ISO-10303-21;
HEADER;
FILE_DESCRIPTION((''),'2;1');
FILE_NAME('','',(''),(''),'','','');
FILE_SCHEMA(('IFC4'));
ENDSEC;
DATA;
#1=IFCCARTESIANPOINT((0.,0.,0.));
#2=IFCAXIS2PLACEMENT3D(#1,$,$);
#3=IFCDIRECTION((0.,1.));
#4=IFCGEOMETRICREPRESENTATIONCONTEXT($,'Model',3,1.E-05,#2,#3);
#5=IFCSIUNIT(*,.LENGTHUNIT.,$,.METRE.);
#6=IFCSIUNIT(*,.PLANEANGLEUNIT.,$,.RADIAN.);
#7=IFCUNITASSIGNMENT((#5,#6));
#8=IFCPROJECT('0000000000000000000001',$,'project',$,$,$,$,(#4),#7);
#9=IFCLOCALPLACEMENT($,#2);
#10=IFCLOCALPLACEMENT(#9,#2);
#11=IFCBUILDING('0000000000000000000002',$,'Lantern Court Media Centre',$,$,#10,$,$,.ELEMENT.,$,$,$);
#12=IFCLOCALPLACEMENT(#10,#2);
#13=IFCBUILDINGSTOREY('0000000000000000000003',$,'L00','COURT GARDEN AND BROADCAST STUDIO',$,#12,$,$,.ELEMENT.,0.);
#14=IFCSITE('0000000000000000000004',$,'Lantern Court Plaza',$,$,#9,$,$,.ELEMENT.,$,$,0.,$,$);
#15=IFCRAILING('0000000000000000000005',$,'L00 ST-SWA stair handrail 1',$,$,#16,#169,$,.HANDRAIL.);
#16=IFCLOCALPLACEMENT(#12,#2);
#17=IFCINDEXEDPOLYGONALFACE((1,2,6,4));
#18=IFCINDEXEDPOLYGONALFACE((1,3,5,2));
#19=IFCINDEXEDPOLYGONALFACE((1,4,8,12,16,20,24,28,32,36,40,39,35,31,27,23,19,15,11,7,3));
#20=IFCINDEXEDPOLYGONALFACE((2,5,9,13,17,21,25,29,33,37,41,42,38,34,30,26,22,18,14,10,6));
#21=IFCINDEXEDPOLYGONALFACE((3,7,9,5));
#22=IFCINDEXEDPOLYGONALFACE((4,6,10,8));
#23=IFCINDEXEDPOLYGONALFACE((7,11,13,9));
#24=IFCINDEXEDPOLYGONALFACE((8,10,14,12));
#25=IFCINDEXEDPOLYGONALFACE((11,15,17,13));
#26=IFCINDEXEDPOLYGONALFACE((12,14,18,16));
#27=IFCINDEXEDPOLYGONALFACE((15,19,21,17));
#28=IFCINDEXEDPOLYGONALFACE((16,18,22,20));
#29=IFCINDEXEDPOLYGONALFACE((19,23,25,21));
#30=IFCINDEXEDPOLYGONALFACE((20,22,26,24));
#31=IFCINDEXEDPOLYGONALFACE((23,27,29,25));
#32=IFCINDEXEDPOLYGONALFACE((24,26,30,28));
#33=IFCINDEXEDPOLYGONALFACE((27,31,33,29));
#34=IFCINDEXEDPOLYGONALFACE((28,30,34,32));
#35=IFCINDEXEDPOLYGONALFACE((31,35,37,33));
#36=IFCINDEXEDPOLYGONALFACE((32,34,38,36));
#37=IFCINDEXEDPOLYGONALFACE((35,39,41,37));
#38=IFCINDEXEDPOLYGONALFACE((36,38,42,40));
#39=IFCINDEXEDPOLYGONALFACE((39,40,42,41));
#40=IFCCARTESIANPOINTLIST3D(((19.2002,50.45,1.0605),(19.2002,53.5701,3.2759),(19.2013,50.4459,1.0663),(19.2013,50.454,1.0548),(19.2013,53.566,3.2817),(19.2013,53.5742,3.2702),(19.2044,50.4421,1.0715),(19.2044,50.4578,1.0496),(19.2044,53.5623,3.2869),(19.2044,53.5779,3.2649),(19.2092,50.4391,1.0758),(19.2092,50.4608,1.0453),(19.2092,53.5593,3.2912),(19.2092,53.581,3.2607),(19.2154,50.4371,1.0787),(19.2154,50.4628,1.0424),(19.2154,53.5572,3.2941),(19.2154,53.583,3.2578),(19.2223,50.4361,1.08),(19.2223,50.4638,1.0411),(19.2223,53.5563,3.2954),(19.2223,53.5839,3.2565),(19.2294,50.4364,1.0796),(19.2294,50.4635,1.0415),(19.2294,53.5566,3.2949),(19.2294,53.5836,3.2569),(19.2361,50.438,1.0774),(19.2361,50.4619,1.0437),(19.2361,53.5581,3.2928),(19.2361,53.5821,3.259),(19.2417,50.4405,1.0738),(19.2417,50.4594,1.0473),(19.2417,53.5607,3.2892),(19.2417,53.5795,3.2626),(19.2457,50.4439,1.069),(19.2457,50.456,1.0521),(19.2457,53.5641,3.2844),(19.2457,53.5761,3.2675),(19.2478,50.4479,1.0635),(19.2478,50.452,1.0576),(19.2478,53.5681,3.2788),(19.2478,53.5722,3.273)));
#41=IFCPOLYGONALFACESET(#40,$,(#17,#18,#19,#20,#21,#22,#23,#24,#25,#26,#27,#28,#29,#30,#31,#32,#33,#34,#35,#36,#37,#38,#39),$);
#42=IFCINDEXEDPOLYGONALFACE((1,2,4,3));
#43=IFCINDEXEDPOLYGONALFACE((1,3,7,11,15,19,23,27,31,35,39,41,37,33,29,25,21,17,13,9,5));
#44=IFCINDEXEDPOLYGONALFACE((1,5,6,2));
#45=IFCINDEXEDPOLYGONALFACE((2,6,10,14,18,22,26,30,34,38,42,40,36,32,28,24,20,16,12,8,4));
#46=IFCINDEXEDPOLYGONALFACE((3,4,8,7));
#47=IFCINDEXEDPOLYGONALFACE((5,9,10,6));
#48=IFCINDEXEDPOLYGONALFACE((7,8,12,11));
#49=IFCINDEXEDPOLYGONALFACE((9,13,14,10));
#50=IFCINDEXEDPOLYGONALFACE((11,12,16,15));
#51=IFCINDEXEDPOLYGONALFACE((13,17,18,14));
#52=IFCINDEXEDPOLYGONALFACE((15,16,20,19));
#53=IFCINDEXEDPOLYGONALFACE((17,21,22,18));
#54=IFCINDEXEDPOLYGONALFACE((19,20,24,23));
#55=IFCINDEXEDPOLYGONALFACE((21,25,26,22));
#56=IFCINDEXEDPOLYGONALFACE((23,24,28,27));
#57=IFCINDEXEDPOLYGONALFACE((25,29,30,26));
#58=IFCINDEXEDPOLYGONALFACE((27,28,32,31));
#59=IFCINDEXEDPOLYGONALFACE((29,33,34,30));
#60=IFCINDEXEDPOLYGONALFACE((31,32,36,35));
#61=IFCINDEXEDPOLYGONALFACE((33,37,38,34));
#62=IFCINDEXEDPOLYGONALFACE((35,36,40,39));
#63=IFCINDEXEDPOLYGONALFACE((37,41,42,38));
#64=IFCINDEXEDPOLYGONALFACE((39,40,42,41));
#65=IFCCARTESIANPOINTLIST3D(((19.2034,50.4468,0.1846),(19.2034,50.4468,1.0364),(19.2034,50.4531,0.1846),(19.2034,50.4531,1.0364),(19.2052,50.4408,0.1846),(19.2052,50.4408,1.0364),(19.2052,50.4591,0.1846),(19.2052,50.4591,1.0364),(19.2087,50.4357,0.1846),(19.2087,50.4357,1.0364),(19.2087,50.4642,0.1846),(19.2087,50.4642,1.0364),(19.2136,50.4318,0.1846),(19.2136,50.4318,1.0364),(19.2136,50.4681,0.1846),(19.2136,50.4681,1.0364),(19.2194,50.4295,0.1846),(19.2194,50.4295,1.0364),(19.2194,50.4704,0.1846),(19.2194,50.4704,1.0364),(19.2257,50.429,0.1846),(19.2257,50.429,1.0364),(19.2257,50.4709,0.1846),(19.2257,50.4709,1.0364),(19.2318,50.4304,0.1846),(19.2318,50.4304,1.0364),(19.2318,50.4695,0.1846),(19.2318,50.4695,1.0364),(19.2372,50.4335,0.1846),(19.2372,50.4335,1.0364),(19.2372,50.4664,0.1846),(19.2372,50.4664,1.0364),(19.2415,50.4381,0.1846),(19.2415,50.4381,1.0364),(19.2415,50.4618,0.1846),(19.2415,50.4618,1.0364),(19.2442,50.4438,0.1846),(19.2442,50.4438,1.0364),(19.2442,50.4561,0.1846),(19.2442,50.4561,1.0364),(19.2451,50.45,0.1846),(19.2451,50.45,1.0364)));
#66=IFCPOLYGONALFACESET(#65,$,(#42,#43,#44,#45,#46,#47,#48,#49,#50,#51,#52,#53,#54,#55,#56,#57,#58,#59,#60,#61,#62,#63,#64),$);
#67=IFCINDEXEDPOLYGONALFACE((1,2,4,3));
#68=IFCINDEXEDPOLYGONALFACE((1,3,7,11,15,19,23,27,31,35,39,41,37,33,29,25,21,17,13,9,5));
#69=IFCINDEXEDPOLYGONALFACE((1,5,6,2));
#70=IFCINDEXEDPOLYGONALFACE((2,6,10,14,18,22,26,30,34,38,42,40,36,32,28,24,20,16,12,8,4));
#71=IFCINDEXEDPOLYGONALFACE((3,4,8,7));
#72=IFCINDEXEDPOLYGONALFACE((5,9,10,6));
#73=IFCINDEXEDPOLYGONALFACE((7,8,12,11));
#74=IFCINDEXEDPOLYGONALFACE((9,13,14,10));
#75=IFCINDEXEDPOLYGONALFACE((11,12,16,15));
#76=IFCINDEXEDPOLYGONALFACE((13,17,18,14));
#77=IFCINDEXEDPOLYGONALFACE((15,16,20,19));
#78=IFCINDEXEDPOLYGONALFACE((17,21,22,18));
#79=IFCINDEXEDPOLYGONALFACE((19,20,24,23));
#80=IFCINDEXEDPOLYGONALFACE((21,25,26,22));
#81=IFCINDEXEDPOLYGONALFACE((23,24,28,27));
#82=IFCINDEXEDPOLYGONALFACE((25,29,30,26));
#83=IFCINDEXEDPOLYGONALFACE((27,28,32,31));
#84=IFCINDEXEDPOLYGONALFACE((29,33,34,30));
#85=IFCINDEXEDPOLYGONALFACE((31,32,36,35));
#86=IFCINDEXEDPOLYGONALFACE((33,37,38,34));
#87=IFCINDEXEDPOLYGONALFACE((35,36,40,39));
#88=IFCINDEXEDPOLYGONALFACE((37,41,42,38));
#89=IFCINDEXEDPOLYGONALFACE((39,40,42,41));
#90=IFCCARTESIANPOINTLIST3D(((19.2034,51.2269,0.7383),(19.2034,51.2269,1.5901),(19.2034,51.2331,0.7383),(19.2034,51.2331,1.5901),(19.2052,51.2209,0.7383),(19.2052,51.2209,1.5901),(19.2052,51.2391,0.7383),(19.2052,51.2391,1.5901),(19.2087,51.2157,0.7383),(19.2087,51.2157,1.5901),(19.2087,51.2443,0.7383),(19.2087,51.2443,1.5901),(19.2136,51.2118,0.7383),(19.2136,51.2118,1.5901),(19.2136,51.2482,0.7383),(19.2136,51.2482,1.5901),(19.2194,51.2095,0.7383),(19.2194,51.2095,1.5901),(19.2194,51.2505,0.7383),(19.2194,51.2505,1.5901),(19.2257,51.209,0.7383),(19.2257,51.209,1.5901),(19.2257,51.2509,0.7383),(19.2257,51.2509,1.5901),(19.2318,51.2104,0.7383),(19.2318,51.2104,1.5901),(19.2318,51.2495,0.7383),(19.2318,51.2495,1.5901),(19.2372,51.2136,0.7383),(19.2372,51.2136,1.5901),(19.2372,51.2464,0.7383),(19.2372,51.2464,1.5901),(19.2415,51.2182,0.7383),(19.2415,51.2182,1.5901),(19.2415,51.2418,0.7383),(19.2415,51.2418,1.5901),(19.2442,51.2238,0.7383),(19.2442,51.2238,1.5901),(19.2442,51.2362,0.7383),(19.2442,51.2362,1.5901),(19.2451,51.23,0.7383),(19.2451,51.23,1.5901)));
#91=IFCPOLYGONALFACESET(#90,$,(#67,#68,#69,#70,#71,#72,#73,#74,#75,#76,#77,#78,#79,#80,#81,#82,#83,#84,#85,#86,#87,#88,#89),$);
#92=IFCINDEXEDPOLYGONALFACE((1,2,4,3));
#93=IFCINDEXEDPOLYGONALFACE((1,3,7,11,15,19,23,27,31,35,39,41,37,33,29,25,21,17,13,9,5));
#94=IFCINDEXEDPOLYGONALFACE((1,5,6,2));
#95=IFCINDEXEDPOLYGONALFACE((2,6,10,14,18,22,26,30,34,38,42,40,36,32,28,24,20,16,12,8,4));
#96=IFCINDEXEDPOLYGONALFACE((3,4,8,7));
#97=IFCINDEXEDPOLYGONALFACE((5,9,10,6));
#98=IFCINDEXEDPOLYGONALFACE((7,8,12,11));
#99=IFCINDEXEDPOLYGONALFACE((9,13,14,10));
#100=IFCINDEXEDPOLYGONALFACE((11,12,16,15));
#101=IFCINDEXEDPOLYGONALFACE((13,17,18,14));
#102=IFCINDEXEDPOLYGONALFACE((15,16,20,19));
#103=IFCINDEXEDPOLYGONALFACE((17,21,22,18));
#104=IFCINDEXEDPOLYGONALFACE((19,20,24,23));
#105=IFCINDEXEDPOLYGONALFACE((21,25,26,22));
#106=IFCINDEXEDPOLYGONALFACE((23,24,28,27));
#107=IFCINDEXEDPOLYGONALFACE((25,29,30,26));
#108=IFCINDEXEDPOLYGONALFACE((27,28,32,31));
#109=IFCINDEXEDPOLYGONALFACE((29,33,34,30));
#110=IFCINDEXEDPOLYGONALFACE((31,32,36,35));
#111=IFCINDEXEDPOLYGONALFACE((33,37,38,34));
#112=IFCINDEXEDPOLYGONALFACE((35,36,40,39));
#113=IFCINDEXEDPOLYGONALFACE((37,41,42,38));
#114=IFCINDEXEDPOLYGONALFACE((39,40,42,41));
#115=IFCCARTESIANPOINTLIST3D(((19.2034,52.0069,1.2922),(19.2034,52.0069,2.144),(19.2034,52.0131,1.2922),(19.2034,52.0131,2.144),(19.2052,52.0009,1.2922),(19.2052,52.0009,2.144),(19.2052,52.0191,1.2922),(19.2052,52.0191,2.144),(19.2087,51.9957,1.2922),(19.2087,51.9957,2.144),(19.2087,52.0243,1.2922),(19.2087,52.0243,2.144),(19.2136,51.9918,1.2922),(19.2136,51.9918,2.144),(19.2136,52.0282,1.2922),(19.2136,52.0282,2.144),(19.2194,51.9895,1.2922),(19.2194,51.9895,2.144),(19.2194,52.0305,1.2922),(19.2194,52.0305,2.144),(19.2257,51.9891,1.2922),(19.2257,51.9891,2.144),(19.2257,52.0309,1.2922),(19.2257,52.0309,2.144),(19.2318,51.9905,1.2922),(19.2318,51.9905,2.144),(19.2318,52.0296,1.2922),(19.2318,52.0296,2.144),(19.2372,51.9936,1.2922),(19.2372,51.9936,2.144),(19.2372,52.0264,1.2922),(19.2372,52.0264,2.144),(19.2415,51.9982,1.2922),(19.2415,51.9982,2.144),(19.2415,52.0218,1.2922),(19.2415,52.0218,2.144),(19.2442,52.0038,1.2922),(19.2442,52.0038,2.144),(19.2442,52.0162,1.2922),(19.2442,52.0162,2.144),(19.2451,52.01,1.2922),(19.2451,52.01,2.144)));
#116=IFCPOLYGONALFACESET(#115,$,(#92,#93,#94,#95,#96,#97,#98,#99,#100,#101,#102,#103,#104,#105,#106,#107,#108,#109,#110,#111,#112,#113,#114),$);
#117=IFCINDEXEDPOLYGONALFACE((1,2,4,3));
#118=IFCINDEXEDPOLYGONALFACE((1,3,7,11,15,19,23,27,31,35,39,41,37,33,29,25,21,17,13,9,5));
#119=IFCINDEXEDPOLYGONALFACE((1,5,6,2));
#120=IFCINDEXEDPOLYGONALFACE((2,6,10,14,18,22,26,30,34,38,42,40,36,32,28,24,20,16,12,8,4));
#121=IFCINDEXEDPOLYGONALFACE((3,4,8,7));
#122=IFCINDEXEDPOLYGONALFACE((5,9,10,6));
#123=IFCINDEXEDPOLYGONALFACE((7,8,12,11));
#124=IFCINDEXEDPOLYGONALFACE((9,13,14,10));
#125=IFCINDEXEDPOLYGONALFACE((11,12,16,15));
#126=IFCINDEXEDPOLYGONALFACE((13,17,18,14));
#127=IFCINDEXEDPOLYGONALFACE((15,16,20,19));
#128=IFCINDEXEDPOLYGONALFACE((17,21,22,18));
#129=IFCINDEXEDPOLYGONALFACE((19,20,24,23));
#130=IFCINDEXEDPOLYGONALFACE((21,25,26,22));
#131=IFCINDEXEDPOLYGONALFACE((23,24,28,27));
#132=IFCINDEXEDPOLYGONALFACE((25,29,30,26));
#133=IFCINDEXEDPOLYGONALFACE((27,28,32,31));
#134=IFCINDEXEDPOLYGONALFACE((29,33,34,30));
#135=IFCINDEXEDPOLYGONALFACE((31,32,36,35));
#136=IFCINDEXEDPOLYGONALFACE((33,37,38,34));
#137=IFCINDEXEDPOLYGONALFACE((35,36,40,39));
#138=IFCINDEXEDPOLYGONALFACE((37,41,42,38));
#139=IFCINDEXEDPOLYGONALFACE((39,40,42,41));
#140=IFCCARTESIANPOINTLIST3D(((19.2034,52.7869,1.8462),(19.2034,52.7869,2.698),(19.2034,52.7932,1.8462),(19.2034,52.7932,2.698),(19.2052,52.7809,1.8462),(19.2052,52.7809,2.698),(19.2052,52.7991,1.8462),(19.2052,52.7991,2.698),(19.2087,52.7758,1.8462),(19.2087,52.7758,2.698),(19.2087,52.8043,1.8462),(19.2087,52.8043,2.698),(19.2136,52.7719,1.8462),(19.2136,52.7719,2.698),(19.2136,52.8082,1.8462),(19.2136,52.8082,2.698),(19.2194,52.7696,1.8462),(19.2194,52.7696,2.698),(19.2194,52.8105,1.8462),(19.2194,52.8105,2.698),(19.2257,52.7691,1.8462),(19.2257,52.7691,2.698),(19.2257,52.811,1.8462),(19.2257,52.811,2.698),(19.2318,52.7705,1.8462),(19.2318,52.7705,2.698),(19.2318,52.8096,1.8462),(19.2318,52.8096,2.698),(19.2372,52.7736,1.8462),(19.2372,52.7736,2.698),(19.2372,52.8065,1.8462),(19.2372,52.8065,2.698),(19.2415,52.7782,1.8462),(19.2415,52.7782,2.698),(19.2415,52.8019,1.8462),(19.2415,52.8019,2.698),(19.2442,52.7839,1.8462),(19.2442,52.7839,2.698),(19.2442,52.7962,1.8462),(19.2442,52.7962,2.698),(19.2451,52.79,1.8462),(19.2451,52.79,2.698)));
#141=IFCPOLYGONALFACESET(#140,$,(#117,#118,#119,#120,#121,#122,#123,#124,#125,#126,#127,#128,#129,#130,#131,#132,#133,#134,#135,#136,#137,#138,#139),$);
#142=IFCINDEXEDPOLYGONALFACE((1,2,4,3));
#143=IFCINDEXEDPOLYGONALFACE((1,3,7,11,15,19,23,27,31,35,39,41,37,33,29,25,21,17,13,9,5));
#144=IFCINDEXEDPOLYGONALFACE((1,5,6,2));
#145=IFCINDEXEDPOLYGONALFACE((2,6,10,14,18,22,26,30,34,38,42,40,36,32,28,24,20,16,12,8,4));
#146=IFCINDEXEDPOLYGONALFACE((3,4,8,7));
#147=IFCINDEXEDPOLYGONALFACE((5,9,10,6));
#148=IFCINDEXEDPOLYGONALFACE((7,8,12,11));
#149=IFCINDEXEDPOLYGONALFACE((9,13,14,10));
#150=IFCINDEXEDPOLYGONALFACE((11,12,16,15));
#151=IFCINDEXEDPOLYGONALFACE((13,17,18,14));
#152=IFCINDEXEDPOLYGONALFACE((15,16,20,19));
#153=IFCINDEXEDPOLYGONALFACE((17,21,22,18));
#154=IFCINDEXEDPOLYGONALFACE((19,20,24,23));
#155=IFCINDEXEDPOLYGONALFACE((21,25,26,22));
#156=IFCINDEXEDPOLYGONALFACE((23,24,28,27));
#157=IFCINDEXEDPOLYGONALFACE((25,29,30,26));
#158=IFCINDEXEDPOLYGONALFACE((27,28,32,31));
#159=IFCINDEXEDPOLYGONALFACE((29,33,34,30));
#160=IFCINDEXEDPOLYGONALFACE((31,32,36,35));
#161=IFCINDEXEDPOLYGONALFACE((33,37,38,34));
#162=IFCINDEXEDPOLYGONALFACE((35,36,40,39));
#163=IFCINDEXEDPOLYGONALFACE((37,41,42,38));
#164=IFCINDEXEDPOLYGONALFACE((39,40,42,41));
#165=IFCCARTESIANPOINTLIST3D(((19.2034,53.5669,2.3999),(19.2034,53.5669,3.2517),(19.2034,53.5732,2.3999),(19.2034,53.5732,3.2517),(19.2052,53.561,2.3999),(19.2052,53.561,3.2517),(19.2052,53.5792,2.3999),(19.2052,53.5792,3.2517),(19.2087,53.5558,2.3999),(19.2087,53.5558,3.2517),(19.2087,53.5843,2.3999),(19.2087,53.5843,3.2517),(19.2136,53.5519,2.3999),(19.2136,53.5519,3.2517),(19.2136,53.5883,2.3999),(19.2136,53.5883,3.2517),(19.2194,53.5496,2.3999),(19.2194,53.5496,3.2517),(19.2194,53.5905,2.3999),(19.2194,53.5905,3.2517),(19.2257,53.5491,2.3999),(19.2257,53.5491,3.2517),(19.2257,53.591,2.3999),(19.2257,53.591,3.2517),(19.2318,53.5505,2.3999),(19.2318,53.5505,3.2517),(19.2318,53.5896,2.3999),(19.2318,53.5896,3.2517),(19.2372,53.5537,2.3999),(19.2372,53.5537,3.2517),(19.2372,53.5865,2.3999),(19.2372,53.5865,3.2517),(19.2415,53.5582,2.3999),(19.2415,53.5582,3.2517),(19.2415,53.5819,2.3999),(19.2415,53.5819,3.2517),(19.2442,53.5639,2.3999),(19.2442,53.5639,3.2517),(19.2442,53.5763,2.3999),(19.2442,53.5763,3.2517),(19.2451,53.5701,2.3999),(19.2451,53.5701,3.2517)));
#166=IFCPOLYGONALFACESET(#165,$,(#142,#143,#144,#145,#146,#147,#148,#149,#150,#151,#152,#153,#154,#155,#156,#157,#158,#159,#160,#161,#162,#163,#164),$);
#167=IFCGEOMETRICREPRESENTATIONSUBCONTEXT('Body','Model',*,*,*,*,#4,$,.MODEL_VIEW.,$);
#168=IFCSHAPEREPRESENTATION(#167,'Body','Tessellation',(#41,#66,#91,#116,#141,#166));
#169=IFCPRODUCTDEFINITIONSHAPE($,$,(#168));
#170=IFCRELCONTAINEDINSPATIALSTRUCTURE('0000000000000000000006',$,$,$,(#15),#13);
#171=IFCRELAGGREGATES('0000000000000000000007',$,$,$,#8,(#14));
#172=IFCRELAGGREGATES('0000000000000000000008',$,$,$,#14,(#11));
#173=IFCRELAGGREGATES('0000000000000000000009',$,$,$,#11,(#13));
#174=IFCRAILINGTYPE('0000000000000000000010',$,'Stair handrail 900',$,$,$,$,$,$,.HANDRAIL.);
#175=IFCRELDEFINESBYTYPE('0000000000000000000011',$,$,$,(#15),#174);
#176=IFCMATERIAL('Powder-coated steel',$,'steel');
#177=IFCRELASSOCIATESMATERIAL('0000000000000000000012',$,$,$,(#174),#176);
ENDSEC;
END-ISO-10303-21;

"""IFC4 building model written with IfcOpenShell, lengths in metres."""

from ifc_helpers import new_model, si_unit, direction, frame, origin, origin_2d, place, context, subcontext, project, spatial, circle, extrude, material, type_object, element, save


model = new_model("IFC4")

# Units and contexts
model_context = context("Model", 3, precision=1e-05, world=origin(), true_north=direction((0.0, 1.0)))
body_context = subcontext(model_context, "Body", "Model", "MODEL_VIEW")
ifc_project = project(units=[si_unit("LENGTHUNIT", "METRE"), si_unit("PLANEANGLEUNIT", "RADIAN")], contexts=[model_context])

# Site, building, storey
site_placement = place(None, origin())
site = spatial("IfcSite", under=ifc_project, at=site_placement, Name="Lantern Court Plaza", CompositionType="ELEMENT", RefElevation=0.0)
building_placement = place(site_placement, origin())
building = spatial("IfcBuilding", under=site, at=building_placement, Name="Lantern Court Media Centre", CompositionType="ELEMENT")
storey_placement = place(building_placement, origin())
storey = spatial("IfcBuildingStorey", under=building, at=storey_placement, Name="L00", Description="COURT GARDEN AND BROADCAST STUDIO", CompositionType="ELEMENT", Elevation=0.0)

# Railing
ifc_material_1 = material(Name="Powder-coated steel", Category="steel")
railing_type_1 = type_object("IfcRailingType", Name="Stair handrail 900", PredefinedType="HANDRAIL", material=ifc_material_1)
for number, where, name in (
    (1, (19.2241, 50.45, 0.1846), "L00 ST-SWA stair handrail 1"),
):
    element("IfcRailing", number, at=place(storey_placement, frame(where)), inside=storey, type_object=railing_type_1, Name=name, PredefinedType="HANDRAIL", context=body_context, shape_type="SweptSolid", body=[
        extrude(circle(Radius=0.0239, at=origin_2d()), frame((0.0, 0.0, 0.876), z_axis=(0.0, 0.815377, 0.57893), x_axis=(-1.0, 0.0, 0.0)), (0.0, 0.0, 1.0), 3.8267),
        extrude(circle(Radius=0.021, at=origin_2d()), origin(), (0.0, 0.0, 1.0), 0.8518),
        extrude(circle(Radius=0.021, at=origin_2d()), frame((0.0, 0.78, 0.5537)), (0.0, 0.0, 1.0), 0.8518),
        extrude(circle(Radius=0.021, at=origin_2d()), frame((0.0, 1.5601, 1.1077)), (0.0, 0.0, 1.0), 0.8518),
        extrude(circle(Radius=0.021, at=origin_2d()), frame((0.0, 2.3401, 1.6616)), (0.0, 0.0, 1.0), 0.8518),
        extrude(circle(Radius=0.021, at=origin_2d()), frame((0.0, 3.1201, 2.2153)), (0.0, 0.0, 1.0), 0.8518),
    ])

save(model, "model.ifc")
